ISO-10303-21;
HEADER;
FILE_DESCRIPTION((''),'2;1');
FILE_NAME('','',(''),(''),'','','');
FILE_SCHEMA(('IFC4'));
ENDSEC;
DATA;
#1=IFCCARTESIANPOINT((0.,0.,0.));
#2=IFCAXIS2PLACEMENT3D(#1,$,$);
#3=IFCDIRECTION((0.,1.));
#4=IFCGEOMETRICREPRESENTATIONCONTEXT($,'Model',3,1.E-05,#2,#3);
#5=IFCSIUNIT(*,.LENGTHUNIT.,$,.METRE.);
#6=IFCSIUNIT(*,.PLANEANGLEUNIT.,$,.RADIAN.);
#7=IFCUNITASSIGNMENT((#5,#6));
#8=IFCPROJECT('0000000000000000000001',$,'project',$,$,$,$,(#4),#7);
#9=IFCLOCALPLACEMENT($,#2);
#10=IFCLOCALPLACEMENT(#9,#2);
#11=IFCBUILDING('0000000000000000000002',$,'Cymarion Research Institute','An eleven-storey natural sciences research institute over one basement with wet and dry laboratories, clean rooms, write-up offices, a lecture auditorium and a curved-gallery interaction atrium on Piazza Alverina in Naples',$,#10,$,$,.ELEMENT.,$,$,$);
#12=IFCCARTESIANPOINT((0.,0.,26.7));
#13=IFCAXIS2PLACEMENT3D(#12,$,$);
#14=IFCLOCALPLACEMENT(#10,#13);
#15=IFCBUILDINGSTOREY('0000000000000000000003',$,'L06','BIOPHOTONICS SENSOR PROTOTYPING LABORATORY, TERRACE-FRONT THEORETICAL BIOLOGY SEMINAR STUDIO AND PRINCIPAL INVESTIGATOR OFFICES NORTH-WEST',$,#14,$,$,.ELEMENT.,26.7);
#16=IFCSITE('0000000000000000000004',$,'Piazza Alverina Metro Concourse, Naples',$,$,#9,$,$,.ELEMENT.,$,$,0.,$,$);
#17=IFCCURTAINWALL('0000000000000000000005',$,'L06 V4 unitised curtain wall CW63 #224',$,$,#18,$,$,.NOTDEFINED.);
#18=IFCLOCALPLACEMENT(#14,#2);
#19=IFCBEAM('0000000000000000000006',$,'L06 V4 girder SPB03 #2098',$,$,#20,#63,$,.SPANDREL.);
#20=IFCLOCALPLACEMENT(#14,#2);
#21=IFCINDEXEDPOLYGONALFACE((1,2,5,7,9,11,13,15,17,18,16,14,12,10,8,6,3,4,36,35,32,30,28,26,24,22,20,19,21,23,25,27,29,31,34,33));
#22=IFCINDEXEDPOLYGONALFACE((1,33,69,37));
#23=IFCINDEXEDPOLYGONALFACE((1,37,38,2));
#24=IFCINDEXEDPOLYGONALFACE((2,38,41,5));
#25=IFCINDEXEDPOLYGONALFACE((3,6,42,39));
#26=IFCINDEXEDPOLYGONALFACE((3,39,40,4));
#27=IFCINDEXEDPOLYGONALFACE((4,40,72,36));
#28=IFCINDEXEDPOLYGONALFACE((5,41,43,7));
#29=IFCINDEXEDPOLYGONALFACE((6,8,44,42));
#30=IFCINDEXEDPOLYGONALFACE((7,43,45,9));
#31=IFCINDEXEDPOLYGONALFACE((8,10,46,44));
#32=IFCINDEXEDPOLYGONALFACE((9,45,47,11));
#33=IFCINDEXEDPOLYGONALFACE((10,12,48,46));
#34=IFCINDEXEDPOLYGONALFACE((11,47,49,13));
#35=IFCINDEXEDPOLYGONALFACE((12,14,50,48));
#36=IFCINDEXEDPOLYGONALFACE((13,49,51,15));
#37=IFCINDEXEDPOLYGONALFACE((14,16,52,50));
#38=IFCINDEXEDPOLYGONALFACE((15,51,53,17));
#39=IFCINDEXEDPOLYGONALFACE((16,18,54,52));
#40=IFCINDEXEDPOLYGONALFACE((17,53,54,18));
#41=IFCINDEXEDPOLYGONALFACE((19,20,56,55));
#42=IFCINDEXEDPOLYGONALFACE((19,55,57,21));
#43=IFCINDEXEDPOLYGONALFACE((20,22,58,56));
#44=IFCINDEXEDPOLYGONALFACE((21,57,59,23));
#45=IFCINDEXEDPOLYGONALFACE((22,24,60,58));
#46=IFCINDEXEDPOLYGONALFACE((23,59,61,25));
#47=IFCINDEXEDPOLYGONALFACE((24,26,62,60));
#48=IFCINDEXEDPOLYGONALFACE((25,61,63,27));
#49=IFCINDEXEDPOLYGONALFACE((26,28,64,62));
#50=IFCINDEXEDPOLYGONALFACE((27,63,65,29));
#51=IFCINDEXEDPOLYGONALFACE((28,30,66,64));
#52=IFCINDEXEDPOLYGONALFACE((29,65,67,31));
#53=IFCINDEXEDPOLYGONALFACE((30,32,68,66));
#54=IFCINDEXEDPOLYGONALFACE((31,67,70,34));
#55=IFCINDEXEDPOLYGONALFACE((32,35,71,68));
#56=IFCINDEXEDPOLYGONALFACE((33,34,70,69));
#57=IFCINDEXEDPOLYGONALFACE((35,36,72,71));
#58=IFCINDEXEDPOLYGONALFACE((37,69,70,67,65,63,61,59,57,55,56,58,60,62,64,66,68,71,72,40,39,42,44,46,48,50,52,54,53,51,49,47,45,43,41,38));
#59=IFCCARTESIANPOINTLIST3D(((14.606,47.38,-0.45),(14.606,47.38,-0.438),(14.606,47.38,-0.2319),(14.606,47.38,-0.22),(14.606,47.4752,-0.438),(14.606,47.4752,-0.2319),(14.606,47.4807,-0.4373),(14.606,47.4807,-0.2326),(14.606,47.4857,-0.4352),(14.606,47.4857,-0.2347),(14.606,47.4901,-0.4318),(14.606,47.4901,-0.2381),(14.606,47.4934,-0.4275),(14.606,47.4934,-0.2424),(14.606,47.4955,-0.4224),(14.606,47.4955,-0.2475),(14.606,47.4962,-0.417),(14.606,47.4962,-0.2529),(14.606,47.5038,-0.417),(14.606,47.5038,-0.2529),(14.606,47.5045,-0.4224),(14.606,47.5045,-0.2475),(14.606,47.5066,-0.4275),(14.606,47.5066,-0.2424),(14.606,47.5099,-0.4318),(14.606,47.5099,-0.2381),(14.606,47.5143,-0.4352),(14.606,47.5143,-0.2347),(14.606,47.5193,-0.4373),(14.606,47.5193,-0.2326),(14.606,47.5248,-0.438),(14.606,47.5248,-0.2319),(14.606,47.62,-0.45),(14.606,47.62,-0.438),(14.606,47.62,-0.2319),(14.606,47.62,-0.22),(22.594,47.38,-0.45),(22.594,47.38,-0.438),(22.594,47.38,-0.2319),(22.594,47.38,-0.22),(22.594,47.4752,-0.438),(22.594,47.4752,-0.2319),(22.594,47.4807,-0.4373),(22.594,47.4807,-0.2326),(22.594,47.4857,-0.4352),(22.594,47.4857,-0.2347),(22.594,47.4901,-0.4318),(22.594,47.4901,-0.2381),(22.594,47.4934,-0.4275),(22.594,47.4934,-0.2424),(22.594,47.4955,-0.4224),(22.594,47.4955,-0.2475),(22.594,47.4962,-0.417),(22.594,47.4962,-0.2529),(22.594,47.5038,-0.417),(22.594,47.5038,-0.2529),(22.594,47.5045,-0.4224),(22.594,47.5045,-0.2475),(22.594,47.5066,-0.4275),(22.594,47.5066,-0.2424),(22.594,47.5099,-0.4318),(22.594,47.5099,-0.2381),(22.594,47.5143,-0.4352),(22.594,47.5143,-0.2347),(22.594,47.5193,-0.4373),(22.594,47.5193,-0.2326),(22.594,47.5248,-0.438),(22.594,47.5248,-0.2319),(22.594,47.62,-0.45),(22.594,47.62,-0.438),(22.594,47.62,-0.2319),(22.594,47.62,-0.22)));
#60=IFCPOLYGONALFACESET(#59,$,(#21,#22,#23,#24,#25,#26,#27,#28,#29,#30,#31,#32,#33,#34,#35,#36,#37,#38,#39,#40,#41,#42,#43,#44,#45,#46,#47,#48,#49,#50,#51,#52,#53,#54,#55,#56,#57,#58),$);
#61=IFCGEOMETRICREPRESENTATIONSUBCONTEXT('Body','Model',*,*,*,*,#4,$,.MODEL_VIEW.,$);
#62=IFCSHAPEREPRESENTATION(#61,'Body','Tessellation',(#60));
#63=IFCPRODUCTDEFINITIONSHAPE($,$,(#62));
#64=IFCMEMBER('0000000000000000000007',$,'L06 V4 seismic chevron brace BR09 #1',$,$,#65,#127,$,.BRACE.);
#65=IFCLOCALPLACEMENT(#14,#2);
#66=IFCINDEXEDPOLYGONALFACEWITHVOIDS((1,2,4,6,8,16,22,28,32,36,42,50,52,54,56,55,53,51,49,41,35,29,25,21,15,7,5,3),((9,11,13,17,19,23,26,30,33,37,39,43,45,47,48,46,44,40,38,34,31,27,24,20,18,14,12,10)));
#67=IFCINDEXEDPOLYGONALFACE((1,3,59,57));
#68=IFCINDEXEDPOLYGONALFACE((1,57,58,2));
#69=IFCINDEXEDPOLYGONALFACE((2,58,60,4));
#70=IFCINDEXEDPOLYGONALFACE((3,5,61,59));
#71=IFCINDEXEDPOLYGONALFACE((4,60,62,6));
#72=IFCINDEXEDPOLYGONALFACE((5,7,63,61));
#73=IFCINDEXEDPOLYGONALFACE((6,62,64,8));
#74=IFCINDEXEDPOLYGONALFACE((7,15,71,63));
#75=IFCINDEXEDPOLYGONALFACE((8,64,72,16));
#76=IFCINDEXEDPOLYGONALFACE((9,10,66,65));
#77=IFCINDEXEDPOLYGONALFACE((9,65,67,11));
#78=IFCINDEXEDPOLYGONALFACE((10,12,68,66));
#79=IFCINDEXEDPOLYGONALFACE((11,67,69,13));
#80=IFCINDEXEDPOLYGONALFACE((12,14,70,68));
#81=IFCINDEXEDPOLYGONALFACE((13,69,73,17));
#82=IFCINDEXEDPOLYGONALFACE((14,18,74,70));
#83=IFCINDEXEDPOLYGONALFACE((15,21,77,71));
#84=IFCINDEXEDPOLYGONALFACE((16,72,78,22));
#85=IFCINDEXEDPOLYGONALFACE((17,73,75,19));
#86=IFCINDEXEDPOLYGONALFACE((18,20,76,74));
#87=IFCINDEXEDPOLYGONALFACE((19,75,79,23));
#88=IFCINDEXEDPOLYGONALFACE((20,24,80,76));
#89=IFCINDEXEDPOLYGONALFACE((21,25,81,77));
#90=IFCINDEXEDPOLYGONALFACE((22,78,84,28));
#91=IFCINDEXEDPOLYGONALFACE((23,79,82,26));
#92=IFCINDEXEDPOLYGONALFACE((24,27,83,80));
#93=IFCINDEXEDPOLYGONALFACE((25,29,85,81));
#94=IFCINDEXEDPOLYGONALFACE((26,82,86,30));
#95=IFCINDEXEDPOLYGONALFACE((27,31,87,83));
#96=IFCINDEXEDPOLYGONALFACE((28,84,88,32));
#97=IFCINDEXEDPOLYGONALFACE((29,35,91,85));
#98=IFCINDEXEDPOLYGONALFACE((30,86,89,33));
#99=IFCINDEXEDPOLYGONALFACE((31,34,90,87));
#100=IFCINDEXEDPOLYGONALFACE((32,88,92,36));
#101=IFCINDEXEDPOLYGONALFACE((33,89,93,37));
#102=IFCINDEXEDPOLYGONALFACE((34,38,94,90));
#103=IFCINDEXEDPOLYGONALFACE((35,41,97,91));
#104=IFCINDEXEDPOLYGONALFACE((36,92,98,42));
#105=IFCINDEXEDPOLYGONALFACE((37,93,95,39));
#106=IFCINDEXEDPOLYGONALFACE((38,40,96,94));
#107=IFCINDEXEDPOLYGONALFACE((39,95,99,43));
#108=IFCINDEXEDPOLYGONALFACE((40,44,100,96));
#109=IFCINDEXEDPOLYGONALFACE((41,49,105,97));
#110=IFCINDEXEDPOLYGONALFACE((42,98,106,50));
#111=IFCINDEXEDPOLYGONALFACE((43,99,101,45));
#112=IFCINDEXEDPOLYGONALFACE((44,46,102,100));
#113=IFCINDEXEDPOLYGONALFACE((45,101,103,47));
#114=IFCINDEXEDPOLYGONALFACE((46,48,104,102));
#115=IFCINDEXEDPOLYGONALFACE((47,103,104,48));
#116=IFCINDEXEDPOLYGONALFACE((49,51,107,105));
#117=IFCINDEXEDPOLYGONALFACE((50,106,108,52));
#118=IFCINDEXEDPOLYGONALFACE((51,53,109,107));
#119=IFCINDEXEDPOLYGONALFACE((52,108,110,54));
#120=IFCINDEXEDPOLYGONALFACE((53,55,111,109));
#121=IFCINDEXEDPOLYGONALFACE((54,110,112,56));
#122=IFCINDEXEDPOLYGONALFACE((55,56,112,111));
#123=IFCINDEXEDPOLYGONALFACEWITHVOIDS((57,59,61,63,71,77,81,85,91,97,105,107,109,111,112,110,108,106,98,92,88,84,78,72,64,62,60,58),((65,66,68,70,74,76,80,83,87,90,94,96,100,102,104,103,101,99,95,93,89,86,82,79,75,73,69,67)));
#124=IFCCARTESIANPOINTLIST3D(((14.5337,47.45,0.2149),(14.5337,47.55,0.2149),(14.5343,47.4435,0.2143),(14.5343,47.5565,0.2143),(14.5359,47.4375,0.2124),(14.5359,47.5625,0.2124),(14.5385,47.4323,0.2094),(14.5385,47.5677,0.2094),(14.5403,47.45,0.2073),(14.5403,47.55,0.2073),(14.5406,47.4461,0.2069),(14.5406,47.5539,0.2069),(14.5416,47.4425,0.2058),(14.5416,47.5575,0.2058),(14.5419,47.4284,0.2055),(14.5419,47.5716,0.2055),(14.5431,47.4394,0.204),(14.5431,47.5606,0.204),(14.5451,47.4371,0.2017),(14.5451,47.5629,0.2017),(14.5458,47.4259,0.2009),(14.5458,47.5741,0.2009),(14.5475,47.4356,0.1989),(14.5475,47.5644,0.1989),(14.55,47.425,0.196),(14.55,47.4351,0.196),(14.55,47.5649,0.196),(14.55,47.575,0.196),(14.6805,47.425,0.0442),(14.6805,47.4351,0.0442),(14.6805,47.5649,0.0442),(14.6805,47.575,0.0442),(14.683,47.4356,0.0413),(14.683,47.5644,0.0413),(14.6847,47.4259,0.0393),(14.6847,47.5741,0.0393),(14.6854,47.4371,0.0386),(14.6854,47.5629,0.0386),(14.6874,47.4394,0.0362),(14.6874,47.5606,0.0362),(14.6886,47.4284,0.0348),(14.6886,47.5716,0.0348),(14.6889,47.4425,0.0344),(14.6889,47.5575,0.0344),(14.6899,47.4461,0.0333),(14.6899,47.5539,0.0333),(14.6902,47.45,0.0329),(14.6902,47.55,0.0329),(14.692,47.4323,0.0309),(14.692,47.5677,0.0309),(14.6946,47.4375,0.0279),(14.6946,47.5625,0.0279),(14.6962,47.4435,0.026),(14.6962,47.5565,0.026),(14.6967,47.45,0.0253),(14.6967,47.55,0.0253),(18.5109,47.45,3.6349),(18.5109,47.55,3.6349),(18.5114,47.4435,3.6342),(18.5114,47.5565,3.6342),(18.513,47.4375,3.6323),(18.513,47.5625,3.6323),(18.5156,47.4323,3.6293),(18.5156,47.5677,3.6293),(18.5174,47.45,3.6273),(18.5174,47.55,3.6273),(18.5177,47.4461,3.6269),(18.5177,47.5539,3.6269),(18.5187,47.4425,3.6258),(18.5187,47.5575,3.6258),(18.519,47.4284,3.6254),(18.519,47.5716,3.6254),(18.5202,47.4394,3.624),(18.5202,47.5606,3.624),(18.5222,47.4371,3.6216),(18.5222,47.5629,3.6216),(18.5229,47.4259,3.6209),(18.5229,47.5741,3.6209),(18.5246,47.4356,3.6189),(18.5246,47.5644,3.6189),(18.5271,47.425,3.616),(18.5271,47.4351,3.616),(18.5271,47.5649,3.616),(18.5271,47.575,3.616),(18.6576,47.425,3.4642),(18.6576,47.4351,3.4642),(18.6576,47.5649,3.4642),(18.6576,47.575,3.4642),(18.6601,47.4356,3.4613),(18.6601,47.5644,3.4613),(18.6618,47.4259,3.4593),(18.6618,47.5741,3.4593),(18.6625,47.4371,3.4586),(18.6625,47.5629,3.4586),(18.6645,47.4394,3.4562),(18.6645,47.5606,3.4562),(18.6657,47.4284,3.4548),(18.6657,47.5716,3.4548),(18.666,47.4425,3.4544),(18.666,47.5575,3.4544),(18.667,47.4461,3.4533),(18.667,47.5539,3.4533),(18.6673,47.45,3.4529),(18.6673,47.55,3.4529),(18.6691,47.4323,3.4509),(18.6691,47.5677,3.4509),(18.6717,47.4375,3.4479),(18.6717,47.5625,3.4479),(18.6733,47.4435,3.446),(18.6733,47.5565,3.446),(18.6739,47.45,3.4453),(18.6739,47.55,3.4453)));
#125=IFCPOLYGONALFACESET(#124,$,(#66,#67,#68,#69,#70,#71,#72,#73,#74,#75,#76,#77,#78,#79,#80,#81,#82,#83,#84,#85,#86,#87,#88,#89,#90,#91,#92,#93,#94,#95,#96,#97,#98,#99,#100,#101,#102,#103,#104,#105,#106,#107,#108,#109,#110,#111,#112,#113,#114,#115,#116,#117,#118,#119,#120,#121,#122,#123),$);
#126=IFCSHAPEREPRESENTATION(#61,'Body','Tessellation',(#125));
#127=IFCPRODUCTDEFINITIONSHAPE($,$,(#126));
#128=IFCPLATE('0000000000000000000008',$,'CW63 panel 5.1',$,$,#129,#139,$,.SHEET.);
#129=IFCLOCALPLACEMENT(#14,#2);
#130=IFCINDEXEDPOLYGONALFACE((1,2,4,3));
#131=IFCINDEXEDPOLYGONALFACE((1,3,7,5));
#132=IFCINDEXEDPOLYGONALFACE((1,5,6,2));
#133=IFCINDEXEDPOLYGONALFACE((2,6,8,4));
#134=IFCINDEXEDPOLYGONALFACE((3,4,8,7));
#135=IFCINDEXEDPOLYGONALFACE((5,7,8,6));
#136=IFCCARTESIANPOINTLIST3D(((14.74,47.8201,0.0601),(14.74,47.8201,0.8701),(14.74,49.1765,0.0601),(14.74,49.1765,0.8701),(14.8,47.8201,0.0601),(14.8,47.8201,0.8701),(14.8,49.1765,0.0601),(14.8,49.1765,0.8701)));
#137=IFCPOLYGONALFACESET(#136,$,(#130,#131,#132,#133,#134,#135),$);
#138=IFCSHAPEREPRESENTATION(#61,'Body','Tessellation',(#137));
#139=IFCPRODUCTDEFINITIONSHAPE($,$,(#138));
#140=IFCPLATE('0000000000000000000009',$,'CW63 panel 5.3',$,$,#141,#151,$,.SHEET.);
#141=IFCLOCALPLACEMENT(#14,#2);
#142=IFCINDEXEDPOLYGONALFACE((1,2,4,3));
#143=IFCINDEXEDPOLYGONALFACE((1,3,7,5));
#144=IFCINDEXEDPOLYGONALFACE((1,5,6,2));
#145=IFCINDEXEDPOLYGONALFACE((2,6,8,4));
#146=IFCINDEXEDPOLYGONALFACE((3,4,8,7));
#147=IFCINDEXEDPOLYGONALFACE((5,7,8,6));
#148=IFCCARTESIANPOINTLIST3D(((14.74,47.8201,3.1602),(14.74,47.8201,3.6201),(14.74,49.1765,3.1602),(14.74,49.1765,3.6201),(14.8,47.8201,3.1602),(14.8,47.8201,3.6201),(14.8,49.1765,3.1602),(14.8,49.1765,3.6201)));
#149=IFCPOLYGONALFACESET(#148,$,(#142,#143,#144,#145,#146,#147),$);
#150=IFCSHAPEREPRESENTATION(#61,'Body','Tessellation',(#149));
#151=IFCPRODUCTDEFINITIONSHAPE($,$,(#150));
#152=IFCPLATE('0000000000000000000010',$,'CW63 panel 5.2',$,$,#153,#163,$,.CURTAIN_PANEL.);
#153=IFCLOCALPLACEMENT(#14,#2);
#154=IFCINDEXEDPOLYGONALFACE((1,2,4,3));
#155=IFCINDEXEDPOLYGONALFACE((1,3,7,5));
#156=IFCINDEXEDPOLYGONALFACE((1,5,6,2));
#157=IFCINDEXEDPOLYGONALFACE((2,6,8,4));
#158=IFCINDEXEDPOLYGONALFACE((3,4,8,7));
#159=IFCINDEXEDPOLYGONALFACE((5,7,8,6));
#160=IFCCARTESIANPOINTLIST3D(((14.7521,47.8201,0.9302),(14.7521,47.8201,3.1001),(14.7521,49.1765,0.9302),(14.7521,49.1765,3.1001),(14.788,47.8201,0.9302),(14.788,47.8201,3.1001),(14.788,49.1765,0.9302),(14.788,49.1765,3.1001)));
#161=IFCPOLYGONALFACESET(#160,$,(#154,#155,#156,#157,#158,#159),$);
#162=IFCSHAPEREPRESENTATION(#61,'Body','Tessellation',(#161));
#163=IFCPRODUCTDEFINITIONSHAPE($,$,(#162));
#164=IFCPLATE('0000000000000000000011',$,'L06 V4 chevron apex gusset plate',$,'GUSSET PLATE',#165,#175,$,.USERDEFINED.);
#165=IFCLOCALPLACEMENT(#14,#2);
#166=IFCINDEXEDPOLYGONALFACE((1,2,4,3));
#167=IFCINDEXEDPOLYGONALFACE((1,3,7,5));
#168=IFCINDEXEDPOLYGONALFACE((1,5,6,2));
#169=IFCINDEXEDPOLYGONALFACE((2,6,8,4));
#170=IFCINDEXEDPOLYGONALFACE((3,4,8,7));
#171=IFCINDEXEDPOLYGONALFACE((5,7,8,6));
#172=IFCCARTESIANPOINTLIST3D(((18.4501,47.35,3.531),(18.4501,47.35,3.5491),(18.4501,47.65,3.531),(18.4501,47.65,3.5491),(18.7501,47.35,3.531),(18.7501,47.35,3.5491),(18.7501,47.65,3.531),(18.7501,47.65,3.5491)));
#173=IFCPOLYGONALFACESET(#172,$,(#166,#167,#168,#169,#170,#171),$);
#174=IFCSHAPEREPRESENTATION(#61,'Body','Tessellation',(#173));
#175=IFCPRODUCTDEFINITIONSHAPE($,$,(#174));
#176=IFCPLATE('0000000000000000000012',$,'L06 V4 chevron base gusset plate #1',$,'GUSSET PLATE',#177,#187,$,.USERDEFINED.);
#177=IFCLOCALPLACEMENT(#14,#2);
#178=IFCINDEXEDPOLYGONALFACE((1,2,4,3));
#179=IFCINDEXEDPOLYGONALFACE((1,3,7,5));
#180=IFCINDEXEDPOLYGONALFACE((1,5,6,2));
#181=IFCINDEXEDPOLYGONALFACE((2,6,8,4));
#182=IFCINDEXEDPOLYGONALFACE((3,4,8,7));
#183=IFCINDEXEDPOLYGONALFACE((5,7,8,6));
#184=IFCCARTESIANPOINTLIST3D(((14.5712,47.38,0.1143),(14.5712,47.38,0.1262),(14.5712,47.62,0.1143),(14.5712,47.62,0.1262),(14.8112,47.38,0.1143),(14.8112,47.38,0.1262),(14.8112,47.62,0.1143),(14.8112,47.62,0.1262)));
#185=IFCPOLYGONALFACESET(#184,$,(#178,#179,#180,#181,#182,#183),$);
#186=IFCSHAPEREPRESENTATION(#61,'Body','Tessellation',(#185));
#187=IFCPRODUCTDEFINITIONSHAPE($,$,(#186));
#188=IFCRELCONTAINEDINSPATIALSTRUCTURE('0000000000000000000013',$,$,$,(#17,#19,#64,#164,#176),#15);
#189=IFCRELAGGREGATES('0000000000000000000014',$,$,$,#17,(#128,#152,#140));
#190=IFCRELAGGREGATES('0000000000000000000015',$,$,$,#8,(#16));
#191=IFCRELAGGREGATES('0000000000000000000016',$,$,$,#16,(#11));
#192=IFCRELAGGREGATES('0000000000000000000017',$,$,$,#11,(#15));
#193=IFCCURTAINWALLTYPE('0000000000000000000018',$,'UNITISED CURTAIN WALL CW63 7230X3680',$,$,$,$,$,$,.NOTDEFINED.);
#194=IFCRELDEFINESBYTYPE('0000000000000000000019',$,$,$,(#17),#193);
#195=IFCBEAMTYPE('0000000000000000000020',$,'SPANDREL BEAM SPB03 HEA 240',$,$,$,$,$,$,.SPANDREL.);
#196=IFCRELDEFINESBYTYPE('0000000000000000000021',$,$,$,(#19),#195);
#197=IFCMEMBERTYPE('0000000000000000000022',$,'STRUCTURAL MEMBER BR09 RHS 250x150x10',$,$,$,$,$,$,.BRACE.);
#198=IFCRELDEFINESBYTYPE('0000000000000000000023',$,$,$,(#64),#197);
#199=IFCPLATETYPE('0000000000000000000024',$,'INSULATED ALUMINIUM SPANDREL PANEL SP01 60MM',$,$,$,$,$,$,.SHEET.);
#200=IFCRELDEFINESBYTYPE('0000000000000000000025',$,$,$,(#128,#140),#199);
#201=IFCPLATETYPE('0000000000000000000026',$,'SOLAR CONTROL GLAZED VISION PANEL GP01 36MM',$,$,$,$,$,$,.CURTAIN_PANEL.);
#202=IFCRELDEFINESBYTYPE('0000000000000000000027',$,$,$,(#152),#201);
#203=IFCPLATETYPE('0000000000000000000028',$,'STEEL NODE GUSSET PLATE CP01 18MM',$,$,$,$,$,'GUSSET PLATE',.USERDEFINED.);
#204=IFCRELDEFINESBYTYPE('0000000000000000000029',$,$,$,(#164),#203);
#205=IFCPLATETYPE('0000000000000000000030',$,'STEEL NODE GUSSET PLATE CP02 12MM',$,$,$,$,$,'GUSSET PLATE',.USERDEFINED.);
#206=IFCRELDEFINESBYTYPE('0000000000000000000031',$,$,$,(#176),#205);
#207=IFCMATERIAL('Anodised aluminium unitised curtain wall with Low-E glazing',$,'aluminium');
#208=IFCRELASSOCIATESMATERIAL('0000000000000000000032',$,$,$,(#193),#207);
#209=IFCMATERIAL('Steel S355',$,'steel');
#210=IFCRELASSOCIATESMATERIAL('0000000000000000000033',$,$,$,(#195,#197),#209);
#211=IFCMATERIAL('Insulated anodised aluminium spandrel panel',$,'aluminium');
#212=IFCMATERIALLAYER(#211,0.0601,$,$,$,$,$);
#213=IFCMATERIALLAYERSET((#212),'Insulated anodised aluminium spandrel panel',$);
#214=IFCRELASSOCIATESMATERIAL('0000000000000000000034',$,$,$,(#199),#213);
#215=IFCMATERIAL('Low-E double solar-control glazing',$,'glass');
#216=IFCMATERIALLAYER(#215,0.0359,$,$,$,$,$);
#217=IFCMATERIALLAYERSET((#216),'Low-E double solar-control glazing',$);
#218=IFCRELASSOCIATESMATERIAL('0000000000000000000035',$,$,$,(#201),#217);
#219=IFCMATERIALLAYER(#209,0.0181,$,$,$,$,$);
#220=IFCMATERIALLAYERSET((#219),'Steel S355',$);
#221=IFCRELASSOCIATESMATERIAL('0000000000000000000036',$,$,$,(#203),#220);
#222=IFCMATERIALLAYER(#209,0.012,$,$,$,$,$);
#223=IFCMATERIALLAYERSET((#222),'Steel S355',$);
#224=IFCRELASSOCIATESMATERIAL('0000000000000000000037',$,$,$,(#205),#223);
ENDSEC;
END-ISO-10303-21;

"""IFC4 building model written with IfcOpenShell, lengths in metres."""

from ifc_helpers import new_model, si_unit, direction, frame, origin, origin_2d, place, context, subcontext, project, spatial, rectangle, hollow_rectangle, i_section, extrude, material, layer, layer_set, material_profile, profile_set, type_object, element, aggregate, save


model = new_model("IFC4")

# Units and contexts
model_context = context("Model", 3, precision=1e-05, world=origin(), true_north=direction((0.0, 1.0)))
body_context = subcontext(model_context, "Body", "Model", "MODEL_VIEW")
ifc_project = project(units=[si_unit("LENGTHUNIT", "METRE"), si_unit("PLANEANGLEUNIT", "RADIAN")], contexts=[model_context])

# Site, building, storey
site_placement = place(None, origin())
site = spatial("IfcSite", under=ifc_project, at=site_placement, Name="Piazza Alverina Metro Concourse, Naples", CompositionType="ELEMENT", RefElevation=0.0)
building_placement = place(site_placement, origin())
building = spatial("IfcBuilding", under=site, at=building_placement, Name="Cymarion Research Institute", Description="An eleven-storey natural sciences research institute over one basement with wet and dry laboratories, clean rooms, write-up offices, a lecture auditorium and a curved-gallery interaction atrium on Piazza Alverina in Naples", CompositionType="ELEMENT")
storey_placement = place(building_placement, frame((0.0, 0.0, 26.7)))
storey = spatial("IfcBuildingStorey", under=building, at=storey_placement, Name="L06", Description="BIOPHOTONICS SENSOR PROTOTYPING LABORATORY, TERRACE-FRONT THEORETICAL BIOLOGY SEMINAR STUDIO AND PRINCIPAL INVESTIGATOR OFFICES NORTH-WEST", CompositionType="ELEMENT", Elevation=26.7)

# Curtain wall
ifc_material_1 = material(Name="Anodised aluminium unitised curtain wall with Low-E glazing", Category="aluminium")
curtain_wall_type = type_object("IfcCurtainWallType", Name="UNITISED CURTAIN WALL CW63 7230X3680", PredefinedType="NOTDEFINED", material=ifc_material_1)
curtain_wall_placement = place(storey_placement, origin())
curtain_wall = element("IfcCurtainWall", 1, at=curtain_wall_placement, inside=storey, type_object=curtain_wall_type, Name="L06 V4 unitised curtain wall CW63 #224", PredefinedType="NOTDEFINED")

# Beam
ifc_material_2 = material(Name="Steel S355", Category="steel")
ifc_material_profile_1 = material_profile(ifc_material_2, i_section(OverallWidth=0.24, OverallDepth=0.23, WebThickness=0.0076, FlangeThickness=0.012, FilletRadius=0.021, at=origin_2d()), Name="HEA 240")
ifc_profile_set_1 = profile_set([ifc_material_profile_1], Name="Steel S355")
beam_type_1 = type_object("IfcBeamType", Name="SPANDREL BEAM SPB03 HEA 240", PredefinedType="SPANDREL", material=ifc_profile_set_1)
beam_1_placement = place(storey_placement, frame((14.606, 47.5, -0.335), z_axis=(1.0, 0.0, 0.0), x_axis=(0.0, 1.0, 0.0)))
element("IfcBeam", 2, at=beam_1_placement, inside=storey, type_object=beam_type_1, Name="L06 V4 girder SPB03 #2098", PredefinedType="SPANDREL", context=body_context, shape_type="SweptSolid", body=[
    extrude(i_section(OverallWidth=0.24, OverallDepth=0.23, WebThickness=0.0076, FlangeThickness=0.012, FilletRadius=0.021, at=origin_2d()), origin(), (0.0, 0.0, 1.0), 7.988),
])

# Member
ifc_material_profile_2 = material_profile(ifc_material_2, hollow_rectangle(XDim=0.1499, YDim=0.25, WallThickness=0.01, InnerFilletRadius=0.0149, OuterFilletRadius=0.0249, at=origin_2d()), Name="RHS 250x150x10")
ifc_profile_set_2 = profile_set([ifc_material_profile_2], Name="Steel S355")
member_type_1 = type_object("IfcMemberType", Name="STRUCTURAL MEMBER BR09 RHS 250x150x10", PredefinedType="BRACE", material=ifc_profile_set_2)
member_1_placement = place(storey_placement, frame((14.6152, 47.5, 0.1201), z_axis=(0.758217, 0.0, 0.652002), x_axis=(0.0, 1.0, 0.0)))
element("IfcMember", 3, at=member_1_placement, inside=storey, type_object=member_type_1, Name="L06 V4 seismic chevron brace BR09 #1", PredefinedType="BRACE", context=body_context, shape_type="SweptSolid", body=[
    extrude(hollow_rectangle(XDim=0.1499, YDim=0.25, WallThickness=0.01, InnerFilletRadius=0.0149, OuterFilletRadius=0.0249, at=origin_2d()), origin(), (0.0, 0.0, 1.0), 5.2454),
])

# Plates
ifc_material_3 = material(Name="Insulated anodised aluminium spandrel panel", Category="aluminium")
ifc_layer_1 = layer(ifc_material_3, 0.0601)
ifc_layer_set_1 = layer_set([ifc_layer_1], Name="Insulated anodised aluminium spandrel panel")
plate_type_1 = type_object("IfcPlateType", Name="INSULATED ALUMINIUM SPANDREL PANEL SP01 60MM", PredefinedType="SHEET", material=ifc_layer_set_1)
plate_1_placement = place(storey_placement, frame((14.77, 48.4983, 0.0601), z_axis=(0.0, 0.0, 1.0), x_axis=(0.0, -1.0, 0.0)))
plate_1 = element("IfcPlate", 4, at=plate_1_placement, type_object=plate_type_1, Name="CW63 panel 5.1", PredefinedType="SHEET", context=body_context, shape_type="SweptSolid", body=[
    extrude(rectangle(XDim=1.3564, YDim=0.0601, at=origin_2d()), origin(), (0.0, 0.0, 1.0), 0.8101),
])
plate_2_placement = place(storey_placement, frame((14.77, 48.4983, 3.1602), z_axis=(0.0, 0.0, 1.0), x_axis=(0.0, -1.0, 0.0)))
plate_2 = element("IfcPlate", 5, at=plate_2_placement, type_object=plate_type_1, Name="CW63 panel 5.3", PredefinedType="SHEET", context=body_context, shape_type="SweptSolid", body=[
    extrude(rectangle(XDim=1.3564, YDim=0.0601, at=origin_2d()), origin(), (0.0, 0.0, 1.0), 0.46),
])
ifc_material_4 = material(Name="Low-E double solar-control glazing", Category="glass")
ifc_layer_2 = layer(ifc_material_4, 0.0359)
ifc_layer_set_2 = layer_set([ifc_layer_2], Name="Low-E double solar-control glazing")
plate_type_2 = type_object("IfcPlateType", Name="SOLAR CONTROL GLAZED VISION PANEL GP01 36MM", PredefinedType="CURTAIN_PANEL", material=ifc_layer_set_2)
plate_3_placement = place(storey_placement, frame((14.77, 48.4983, 0.9302), z_axis=(0.0, 0.0, 1.0), x_axis=(0.0, -1.0, 0.0)))
plate_3 = element("IfcPlate", 6, at=plate_3_placement, type_object=plate_type_2, Name="CW63 panel 5.2", PredefinedType="CURTAIN_PANEL", context=body_context, shape_type="SweptSolid", body=[
    extrude(rectangle(XDim=1.3564, YDim=0.0359, at=origin_2d()), origin(), (0.0, 0.0, 1.0), 2.1699),
])
aggregate(curtain_wall, [plate_1, plate_3, plate_2])

# Plates
ifc_layer_3 = layer(ifc_material_2, 0.0181)
ifc_layer_set_3 = layer_set([ifc_layer_3], Name="Steel S355")
plate_type_3 = type_object("IfcPlateType", Name="STEEL NODE GUSSET PLATE CP01 18MM", ElementType="GUSSET PLATE", PredefinedType="USERDEFINED", material=ifc_layer_set_3)
plate_4_placement = place(storey_placement, frame((18.6001, 47.5, 3.531), z_axis=(0.0, 0.0, 1.0), x_axis=(1.0, 0.0, 0.0)))
element("IfcPlate", 7, at=plate_4_placement, inside=storey, type_object=plate_type_3, Name="L06 V4 chevron apex gusset plate", ObjectType="GUSSET PLATE", PredefinedType="USERDEFINED", context=body_context, shape_type="SweptSolid", body=[
    extrude(rectangle(XDim=0.3, YDim=0.3, at=origin_2d()), origin(), (0.0, 0.0, 1.0), 0.0181),
])
ifc_layer_4 = layer(ifc_material_2, 0.012)
ifc_layer_set_4 = layer_set([ifc_layer_4], Name="Steel S355")
plate_type_4 = type_object("IfcPlateType", Name="STEEL NODE GUSSET PLATE CP02 12MM", ElementType="GUSSET PLATE", PredefinedType="USERDEFINED", material=ifc_layer_set_4)
plate_5_placement = place(storey_placement, frame((14.6912, 47.5, 0.1143), z_axis=(0.0, 0.0, 1.0), x_axis=(1.0, 0.0, 0.0)))
element("IfcPlate", 8, at=plate_5_placement, inside=storey, type_object=plate_type_4, Name="L06 V4 chevron base gusset plate #1", ObjectType="GUSSET PLATE", PredefinedType="USERDEFINED", context=body_context, shape_type="SweptSolid", body=[
    extrude(rectangle(XDim=0.24, YDim=0.24, at=origin_2d()), origin(), (0.0, 0.0, 1.0), 0.012),
])

save(model, "model.ifc")
